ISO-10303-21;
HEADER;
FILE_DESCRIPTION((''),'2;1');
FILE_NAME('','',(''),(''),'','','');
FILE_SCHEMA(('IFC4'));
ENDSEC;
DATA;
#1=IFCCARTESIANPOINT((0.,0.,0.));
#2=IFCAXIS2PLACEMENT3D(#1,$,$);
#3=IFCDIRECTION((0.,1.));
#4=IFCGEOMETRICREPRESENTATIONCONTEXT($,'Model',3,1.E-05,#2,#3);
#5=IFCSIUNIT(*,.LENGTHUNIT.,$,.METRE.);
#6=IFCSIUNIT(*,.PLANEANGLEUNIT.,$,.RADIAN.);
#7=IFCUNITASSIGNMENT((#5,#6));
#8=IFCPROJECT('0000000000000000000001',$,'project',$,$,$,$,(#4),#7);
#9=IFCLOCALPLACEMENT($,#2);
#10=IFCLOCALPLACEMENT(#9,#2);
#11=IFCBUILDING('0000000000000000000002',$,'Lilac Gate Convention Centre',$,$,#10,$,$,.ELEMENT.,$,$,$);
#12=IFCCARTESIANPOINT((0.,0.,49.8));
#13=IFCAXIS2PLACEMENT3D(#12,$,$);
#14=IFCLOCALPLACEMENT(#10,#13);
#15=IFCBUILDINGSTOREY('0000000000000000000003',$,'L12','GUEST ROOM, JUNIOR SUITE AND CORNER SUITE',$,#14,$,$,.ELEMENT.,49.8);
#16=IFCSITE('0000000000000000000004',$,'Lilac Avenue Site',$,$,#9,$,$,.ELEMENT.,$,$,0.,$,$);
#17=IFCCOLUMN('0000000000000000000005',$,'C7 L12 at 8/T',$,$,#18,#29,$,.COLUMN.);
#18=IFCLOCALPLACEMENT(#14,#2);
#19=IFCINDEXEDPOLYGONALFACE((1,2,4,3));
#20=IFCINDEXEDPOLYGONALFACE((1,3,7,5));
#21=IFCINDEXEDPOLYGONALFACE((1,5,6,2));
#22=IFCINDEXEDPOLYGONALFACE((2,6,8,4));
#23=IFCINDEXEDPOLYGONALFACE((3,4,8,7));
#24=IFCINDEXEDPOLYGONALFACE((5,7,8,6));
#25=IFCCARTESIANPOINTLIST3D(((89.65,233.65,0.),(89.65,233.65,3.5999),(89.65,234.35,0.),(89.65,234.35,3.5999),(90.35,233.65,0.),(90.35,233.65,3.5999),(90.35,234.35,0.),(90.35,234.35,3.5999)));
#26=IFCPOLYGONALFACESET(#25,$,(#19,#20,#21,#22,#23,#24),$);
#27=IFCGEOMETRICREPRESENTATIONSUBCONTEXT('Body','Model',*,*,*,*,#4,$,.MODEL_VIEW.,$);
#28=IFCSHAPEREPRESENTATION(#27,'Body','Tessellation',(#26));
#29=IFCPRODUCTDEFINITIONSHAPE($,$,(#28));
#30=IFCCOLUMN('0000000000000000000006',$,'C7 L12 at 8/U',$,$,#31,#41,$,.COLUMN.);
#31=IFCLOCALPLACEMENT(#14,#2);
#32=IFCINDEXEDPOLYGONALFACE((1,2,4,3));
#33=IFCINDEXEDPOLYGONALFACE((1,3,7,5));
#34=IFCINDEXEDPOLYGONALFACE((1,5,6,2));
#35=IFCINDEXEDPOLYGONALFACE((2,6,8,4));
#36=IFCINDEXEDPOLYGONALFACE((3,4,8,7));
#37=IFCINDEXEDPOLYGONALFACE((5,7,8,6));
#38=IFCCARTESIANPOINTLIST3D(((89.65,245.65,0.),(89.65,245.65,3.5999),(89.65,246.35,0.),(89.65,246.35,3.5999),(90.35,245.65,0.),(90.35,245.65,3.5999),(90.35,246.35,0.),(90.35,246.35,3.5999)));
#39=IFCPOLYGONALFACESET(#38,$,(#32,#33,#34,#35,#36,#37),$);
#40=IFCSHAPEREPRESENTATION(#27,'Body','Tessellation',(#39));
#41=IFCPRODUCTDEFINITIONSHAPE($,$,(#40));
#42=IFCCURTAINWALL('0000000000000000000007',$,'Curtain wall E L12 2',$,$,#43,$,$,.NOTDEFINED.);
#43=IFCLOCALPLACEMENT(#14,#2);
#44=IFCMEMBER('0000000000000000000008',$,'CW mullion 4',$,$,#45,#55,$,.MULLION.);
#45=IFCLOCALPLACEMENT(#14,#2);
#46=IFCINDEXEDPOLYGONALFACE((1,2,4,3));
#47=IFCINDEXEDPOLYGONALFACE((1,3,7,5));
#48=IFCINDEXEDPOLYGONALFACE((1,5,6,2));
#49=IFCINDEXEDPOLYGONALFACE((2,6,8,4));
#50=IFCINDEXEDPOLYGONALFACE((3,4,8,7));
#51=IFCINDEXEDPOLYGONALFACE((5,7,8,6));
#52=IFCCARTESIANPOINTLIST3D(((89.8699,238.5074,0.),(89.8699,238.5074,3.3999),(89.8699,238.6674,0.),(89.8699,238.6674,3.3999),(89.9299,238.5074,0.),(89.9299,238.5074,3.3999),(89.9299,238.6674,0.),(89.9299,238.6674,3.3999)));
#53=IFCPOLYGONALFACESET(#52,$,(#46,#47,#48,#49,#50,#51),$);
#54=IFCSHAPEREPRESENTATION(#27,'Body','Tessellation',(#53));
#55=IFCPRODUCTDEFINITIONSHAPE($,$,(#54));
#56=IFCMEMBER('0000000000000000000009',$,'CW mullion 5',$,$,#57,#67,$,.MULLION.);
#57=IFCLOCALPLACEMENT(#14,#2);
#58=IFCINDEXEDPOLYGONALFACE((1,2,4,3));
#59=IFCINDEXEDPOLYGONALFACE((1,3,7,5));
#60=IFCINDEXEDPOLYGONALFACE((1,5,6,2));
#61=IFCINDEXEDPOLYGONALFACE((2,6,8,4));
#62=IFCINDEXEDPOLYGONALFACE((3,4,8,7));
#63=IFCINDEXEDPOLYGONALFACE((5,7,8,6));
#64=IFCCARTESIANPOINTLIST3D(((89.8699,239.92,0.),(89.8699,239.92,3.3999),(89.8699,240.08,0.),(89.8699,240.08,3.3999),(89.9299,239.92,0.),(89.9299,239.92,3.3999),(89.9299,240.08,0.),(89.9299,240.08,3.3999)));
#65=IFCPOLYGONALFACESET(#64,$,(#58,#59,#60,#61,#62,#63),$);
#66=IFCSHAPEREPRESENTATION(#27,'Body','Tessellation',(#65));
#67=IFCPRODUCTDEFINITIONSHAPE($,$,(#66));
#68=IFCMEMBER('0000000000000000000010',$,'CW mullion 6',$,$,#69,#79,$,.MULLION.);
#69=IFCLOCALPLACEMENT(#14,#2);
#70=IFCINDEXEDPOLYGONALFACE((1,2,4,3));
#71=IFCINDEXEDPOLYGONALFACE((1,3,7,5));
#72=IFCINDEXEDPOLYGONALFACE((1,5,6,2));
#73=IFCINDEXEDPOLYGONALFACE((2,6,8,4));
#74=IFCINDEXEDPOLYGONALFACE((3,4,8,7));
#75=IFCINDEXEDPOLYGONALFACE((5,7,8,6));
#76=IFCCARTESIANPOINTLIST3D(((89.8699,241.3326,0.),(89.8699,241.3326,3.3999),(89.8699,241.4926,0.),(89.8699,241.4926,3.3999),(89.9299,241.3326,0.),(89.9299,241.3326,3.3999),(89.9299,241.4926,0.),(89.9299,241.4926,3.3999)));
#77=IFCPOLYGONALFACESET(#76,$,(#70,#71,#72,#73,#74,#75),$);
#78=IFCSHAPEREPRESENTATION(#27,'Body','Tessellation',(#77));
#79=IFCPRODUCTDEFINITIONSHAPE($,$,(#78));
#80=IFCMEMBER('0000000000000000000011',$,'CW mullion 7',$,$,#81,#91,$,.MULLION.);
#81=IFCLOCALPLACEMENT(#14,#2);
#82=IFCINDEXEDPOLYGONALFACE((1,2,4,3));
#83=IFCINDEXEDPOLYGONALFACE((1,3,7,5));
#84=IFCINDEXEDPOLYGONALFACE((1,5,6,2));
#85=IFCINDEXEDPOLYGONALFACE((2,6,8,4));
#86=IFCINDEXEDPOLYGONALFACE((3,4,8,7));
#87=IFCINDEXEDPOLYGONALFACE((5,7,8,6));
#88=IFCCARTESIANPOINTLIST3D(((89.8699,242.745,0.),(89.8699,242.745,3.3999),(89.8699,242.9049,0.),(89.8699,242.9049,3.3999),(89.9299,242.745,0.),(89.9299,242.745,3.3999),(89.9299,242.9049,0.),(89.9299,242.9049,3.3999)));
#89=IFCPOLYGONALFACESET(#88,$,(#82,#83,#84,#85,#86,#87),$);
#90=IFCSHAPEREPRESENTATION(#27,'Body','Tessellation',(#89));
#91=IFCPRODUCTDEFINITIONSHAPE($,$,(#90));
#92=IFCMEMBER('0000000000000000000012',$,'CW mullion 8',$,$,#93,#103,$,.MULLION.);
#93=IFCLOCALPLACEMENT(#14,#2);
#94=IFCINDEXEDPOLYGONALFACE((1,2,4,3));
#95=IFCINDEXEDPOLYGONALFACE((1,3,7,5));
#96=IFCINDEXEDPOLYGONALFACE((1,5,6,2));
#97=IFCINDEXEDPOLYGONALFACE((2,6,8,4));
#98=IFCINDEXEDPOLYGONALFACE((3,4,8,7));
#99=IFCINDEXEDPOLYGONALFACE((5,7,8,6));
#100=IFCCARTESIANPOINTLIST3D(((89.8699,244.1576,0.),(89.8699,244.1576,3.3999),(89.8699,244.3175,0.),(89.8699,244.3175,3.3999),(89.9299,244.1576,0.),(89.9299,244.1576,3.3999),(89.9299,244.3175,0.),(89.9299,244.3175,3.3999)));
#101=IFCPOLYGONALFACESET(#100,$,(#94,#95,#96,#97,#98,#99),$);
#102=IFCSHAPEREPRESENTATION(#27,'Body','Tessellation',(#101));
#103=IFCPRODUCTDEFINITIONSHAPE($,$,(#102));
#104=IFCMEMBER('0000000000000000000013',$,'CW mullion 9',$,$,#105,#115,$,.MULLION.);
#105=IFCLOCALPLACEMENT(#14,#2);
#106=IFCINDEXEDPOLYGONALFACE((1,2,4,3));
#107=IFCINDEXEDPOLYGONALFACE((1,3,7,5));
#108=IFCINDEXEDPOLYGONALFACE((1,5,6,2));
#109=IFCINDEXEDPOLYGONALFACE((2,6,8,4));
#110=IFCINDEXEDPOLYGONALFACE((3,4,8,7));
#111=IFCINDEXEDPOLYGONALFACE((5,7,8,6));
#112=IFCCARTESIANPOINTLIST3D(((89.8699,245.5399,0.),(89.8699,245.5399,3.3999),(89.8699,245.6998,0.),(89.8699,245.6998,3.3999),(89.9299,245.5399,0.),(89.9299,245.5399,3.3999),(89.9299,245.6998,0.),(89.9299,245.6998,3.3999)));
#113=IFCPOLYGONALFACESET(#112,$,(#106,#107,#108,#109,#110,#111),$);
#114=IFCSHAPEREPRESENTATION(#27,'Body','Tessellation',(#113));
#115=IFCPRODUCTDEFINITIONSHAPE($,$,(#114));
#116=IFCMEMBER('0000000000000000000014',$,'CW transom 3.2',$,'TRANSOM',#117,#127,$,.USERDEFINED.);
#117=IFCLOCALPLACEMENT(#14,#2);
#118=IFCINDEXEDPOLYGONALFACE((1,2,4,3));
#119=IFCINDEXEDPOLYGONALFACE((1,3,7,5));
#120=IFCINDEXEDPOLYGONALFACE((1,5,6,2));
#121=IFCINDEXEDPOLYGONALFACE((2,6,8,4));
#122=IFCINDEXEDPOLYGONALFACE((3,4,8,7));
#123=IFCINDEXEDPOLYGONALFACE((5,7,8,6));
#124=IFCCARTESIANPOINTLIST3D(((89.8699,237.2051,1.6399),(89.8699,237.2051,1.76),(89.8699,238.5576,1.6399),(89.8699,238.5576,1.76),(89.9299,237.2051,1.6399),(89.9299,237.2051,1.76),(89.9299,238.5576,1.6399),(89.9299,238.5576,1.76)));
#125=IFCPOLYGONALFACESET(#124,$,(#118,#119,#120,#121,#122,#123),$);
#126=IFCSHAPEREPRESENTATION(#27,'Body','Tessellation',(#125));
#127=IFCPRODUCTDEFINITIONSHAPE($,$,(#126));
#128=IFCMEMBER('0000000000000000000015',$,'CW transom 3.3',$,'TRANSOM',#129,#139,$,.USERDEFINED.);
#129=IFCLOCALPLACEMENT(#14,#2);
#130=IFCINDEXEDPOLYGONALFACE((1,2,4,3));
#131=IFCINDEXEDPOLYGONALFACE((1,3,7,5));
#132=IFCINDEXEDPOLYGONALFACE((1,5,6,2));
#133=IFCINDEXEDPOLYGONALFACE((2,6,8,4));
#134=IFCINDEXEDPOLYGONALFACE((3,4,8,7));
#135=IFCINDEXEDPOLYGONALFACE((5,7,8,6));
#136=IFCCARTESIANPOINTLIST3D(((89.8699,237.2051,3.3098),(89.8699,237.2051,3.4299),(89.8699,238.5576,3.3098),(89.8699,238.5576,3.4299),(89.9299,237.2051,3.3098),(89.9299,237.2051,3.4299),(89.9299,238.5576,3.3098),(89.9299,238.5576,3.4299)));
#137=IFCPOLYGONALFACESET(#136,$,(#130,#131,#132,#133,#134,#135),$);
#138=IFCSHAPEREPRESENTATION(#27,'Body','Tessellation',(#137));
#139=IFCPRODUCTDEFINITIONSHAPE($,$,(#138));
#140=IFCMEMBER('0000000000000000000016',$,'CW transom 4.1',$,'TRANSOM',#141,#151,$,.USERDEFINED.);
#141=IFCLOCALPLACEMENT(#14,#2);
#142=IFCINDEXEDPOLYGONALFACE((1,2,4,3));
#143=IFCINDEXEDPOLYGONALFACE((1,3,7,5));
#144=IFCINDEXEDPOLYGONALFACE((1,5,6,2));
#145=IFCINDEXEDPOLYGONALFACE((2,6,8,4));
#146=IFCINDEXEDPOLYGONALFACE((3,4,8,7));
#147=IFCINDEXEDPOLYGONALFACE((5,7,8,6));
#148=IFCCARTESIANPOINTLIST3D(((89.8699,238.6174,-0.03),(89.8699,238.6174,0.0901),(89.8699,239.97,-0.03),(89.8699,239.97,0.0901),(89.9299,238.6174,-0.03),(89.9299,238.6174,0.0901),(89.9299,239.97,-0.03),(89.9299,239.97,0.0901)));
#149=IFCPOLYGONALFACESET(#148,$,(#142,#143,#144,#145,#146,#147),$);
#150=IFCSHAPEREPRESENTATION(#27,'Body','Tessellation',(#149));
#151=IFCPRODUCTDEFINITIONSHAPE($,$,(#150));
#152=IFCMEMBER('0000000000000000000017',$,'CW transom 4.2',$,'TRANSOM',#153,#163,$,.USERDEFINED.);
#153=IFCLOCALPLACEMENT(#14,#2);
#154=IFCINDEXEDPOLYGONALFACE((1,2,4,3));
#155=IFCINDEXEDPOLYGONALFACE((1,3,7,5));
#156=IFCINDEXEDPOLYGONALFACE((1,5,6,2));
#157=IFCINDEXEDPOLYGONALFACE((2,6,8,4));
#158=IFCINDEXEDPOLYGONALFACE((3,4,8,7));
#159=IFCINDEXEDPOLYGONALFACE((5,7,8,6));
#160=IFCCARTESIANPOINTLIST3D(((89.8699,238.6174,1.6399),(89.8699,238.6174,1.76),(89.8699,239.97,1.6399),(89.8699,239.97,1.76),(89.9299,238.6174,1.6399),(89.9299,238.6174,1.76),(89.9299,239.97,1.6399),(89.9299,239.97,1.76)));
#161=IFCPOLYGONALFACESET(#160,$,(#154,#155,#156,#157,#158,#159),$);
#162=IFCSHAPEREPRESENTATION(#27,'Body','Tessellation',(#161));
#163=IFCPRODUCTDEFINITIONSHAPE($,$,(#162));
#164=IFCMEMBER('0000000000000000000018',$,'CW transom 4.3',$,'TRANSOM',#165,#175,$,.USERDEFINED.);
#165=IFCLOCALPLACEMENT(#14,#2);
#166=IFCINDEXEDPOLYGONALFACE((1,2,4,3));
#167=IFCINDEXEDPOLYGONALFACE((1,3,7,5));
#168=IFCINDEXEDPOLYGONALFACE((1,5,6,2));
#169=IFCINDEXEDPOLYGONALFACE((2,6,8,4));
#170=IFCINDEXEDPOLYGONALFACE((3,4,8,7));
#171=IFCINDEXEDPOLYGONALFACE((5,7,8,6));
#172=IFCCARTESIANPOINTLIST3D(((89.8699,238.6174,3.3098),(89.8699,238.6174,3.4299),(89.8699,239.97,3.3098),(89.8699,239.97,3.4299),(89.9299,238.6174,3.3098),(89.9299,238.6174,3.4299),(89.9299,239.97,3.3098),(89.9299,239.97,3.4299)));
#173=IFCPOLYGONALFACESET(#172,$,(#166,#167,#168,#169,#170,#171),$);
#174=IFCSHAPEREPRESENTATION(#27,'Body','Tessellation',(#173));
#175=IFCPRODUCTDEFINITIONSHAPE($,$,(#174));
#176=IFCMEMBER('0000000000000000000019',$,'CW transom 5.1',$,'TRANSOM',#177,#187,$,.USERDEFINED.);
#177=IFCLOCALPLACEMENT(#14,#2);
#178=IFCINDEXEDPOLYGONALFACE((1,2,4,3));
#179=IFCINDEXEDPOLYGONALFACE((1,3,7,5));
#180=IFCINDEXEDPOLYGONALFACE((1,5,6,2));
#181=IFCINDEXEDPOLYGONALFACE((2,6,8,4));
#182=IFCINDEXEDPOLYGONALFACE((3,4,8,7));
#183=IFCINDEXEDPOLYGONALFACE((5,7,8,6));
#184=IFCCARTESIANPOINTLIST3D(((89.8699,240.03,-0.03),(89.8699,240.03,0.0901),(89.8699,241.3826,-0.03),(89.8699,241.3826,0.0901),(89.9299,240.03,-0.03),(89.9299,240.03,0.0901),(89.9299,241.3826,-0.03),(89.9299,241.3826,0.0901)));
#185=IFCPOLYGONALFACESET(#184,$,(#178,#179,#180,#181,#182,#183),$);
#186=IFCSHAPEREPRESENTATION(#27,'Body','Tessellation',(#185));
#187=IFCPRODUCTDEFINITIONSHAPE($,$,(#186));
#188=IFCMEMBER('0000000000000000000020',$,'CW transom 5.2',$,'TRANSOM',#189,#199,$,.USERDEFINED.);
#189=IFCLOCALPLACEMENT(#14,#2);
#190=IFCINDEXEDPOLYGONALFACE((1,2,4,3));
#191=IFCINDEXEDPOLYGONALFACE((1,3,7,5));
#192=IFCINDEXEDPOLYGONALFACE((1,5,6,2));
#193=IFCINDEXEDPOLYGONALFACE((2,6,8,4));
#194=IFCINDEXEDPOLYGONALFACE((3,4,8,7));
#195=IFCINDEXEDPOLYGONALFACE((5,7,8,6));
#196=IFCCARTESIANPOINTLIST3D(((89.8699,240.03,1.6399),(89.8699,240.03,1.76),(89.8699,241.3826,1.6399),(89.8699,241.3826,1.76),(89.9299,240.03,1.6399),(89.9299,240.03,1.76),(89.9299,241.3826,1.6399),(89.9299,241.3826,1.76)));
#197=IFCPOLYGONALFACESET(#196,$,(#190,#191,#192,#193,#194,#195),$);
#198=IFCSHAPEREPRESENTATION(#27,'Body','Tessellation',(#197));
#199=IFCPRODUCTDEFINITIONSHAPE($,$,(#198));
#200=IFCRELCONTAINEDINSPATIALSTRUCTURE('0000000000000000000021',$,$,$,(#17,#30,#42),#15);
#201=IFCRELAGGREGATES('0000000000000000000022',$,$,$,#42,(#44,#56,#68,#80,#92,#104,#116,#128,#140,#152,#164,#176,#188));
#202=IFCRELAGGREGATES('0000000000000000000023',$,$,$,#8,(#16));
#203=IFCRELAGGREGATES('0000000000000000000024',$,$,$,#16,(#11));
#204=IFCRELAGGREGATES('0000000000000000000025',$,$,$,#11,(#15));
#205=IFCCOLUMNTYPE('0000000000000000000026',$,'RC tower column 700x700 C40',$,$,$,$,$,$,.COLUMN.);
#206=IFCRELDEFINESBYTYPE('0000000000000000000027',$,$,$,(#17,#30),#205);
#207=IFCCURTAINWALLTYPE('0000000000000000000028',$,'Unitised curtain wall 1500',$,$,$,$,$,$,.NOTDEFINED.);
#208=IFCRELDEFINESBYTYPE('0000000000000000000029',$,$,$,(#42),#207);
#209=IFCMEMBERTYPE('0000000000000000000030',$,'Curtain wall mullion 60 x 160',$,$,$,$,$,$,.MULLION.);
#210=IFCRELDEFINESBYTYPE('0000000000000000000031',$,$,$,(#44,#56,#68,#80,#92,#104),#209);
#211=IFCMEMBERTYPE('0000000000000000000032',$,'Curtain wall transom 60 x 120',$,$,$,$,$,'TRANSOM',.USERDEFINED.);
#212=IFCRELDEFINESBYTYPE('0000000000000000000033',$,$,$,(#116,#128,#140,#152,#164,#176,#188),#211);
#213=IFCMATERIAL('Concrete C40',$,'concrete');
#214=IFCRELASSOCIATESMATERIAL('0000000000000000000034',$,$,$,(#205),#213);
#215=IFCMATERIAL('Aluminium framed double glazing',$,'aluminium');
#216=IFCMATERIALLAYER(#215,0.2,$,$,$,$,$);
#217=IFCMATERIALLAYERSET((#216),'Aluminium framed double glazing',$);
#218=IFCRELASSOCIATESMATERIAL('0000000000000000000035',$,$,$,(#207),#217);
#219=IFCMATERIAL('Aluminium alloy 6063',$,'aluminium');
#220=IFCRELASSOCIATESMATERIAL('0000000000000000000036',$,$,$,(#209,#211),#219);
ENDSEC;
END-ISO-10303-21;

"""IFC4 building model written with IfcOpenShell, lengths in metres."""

from ifc_helpers import new_model, si_unit, direction, frame, origin, origin_2d, place, context, subcontext, project, spatial, rectangle, extrude, material, layer, layer_set, material_profile, profile_set, type_object, element, aggregate, save


model = new_model("IFC4")

# Units and contexts
model_context = context("Model", 3, precision=1e-05, world=origin(), true_north=direction((0.0, 1.0)))
body_context = subcontext(model_context, "Body", "Model", "MODEL_VIEW")
ifc_project = project(units=[si_unit("LENGTHUNIT", "METRE"), si_unit("PLANEANGLEUNIT", "RADIAN")], contexts=[model_context])

# Site, building, storey
site_placement = place(None, origin())
site = spatial("IfcSite", under=ifc_project, at=site_placement, Name="Lilac Avenue Site", CompositionType="ELEMENT", RefElevation=0.0)
building_placement = place(site_placement, origin())
building = spatial("IfcBuilding", under=site, at=building_placement, Name="Lilac Gate Convention Centre", CompositionType="ELEMENT")
storey_placement = place(building_placement, frame((0.0, 0.0, 49.8)))
storey = spatial("IfcBuildingStorey", under=building, at=storey_placement, Name="L12", Description="GUEST ROOM, JUNIOR SUITE AND CORNER SUITE", CompositionType="ELEMENT", Elevation=49.8)

# Columns
ifc_material_1 = material(Name="Concrete C40", Category="concrete")
ifc_material_profile_1 = material_profile(ifc_material_1, rectangle(XDim=0.7, YDim=0.7, at=origin_2d()), Name="RC 700x700")
ifc_profile_set_1 = profile_set([ifc_material_profile_1], Name="Concrete C40")
column_type = type_object("IfcColumnType", Name="RC tower column 700x700 C40", PredefinedType="COLUMN", material=ifc_profile_set_1)
for number, where, z_axis, x_axis, name in (
    (1, (90.0, 234.0, 0.0), (0.0, 0.0, 1.0), (1.0, 0.0, 0.0), "C7 L12 at 8/T"),
    (2, (90.0, 246.0, 0.0), (0.0, 0.0, 1.0), (1.0, 0.0, 0.0), "C7 L12 at 8/U"),
):
    element("IfcColumn", number, at=place(storey_placement, frame(where, z_axis=z_axis, x_axis=x_axis)), inside=storey, type_object=column_type, Name=name, PredefinedType="COLUMN", context=body_context, shape_type="SweptSolid", body=[
        extrude(rectangle(XDim=0.7, YDim=0.7, at=origin_2d()), origin(), (0.0, 0.0, 1.0), 3.5999),
    ])

# Curtain wall, members
ifc_material_2 = material(Name="Aluminium framed double glazing", Category="aluminium")
ifc_layer_1 = layer(ifc_material_2, 0.2)
ifc_layer_set_1 = layer_set([ifc_layer_1], Name="Aluminium framed double glazing")
curtain_wall_type = type_object("IfcCurtainWallType", Name="Unitised curtain wall 1500", PredefinedType="NOTDEFINED", material=ifc_layer_set_1)
curtain_wall_placement = place(storey_placement, origin())
curtain_wall = element("IfcCurtainWall", 3, at=curtain_wall_placement, inside=storey, type_object=curtain_wall_type, Name="Curtain wall E L12 2", PredefinedType="NOTDEFINED")
ifc_material_3 = material(Name="Aluminium alloy 6063", Category="aluminium")
ifc_material_profile_2 = material_profile(ifc_material_3, rectangle(XDim=0.0601, YDim=0.1599, at=origin_2d()), Name="Curtain wall mullion 60 x 160")
ifc_profile_set_2 = profile_set([ifc_material_profile_2], Name="Aluminium alloy 6063")
member_type_1 = type_object("IfcMemberType", Name="Curtain wall mullion 60 x 160", PredefinedType="MULLION", material=ifc_profile_set_2)
member_1_placement = place(storey_placement, frame((89.8999, 238.5874, 0.0), z_axis=(0.0, 0.0, 1.0), x_axis=(-1.0, 0.0, 0.0)))
member_1 = element("IfcMember", 4, at=member_1_placement, type_object=member_type_1, Name="CW mullion 4", PredefinedType="MULLION", context=body_context, shape_type="SweptSolid", body=[
    extrude(rectangle(XDim=0.0601, YDim=0.1599, at=origin_2d()), origin(), (0.0, 0.0, 1.0), 3.3999),
])
member_2_placement = place(storey_placement, frame((89.8999, 240.0, 0.0), z_axis=(0.0, 0.0, 1.0), x_axis=(-1.0, 0.0, 0.0)))
member_2 = element("IfcMember", 5, at=member_2_placement, type_object=member_type_1, Name="CW mullion 5", PredefinedType="MULLION", context=body_context, shape_type="SweptSolid", body=[
    extrude(rectangle(XDim=0.0601, YDim=0.1599, at=origin_2d()), origin(), (0.0, 0.0, 1.0), 3.3999),
])
member_3_placement = place(storey_placement, frame((89.8999, 241.4126, 0.0), z_axis=(0.0, 0.0, 1.0), x_axis=(-1.0, 0.0, 0.0)))
member_3 = element("IfcMember", 6, at=member_3_placement, type_object=member_type_1, Name="CW mullion 6", PredefinedType="MULLION", context=body_context, shape_type="SweptSolid", body=[
    extrude(rectangle(XDim=0.0601, YDim=0.1599, at=origin_2d()), origin(), (0.0, 0.0, 1.0), 3.3999),
])
member_4_placement = place(storey_placement, frame((89.8999, 242.825, 0.0), z_axis=(0.0, 0.0, 1.0), x_axis=(-1.0, 0.0, 0.0)))
member_4 = element("IfcMember", 7, at=member_4_placement, type_object=member_type_1, Name="CW mullion 7", PredefinedType="MULLION", context=body_context, shape_type="SweptSolid", body=[
    extrude(rectangle(XDim=0.0601, YDim=0.1599, at=origin_2d()), origin(), (0.0, 0.0, 1.0), 3.3999),
])
member_5_placement = place(storey_placement, frame((89.8999, 244.2375, 0.0), z_axis=(0.0, 0.0, 1.0), x_axis=(-1.0, 0.0, 0.0)))
member_5 = element("IfcMember", 8, at=member_5_placement, type_object=member_type_1, Name="CW mullion 8", PredefinedType="MULLION", context=body_context, shape_type="SweptSolid", body=[
    extrude(rectangle(XDim=0.0601, YDim=0.1599, at=origin_2d()), origin(), (0.0, 0.0, 1.0), 3.3999),
])
member_6_placement = place(storey_placement, frame((89.8999, 245.6199, 0.0), z_axis=(0.0, 0.0, 1.0), x_axis=(-1.0, 0.0, 0.0)))
member_6 = element("IfcMember", 9, at=member_6_placement, type_object=member_type_1, Name="CW mullion 9", PredefinedType="MULLION", context=body_context, shape_type="SweptSolid", body=[
    extrude(rectangle(XDim=0.0601, YDim=0.1599, at=origin_2d()), origin(), (0.0, 0.0, 1.0), 3.3999),
])
ifc_material_profile_3 = material_profile(ifc_material_3, rectangle(XDim=0.0601, YDim=0.1201, at=origin_2d()), Name="Curtain wall transom 60 x 120")
ifc_profile_set_3 = profile_set([ifc_material_profile_3], Name="Aluminium alloy 6063")
member_type_2 = type_object("IfcMemberType", Name="Curtain wall transom 60 x 120", ElementType="TRANSOM", PredefinedType="USERDEFINED", material=ifc_profile_set_3)
member_7_placement = place(storey_placement, frame((89.8999, 237.2051, 1.7), z_axis=(0.0, 1.0, 0.0), x_axis=(-1.0, 0.0, 0.0)))
member_7 = element("IfcMember", 10, at=member_7_placement, type_object=member_type_2, Name="CW transom 3.2", ObjectType="TRANSOM", PredefinedType="USERDEFINED", context=body_context, shape_type="SweptSolid", body=[
    extrude(rectangle(XDim=0.0601, YDim=0.1201, at=origin_2d()), origin(), (0.0, 0.0, 1.0), 1.3525),
])
member_8_placement = place(storey_placement, frame((89.8999, 237.2051, 3.3699), z_axis=(0.0, 1.0, 0.0), x_axis=(-1.0, 0.0, 0.0)))
member_8 = element("IfcMember", 11, at=member_8_placement, type_object=member_type_2, Name="CW transom 3.3", ObjectType="TRANSOM", PredefinedType="USERDEFINED", context=body_context, shape_type="SweptSolid", body=[
    extrude(rectangle(XDim=0.0601, YDim=0.1201, at=origin_2d()), origin(), (0.0, 0.0, 1.0), 1.3525),
])
member_9_placement = place(storey_placement, frame((89.8999, 238.6174, 0.03), z_axis=(0.0, 1.0, 0.0), x_axis=(-1.0, 0.0, 0.0)))
member_9 = element("IfcMember", 12, at=member_9_placement, type_object=member_type_2, Name="CW transom 4.1", ObjectType="TRANSOM", PredefinedType="USERDEFINED", context=body_context, shape_type="SweptSolid", body=[
    extrude(rectangle(XDim=0.0601, YDim=0.1201, at=origin_2d()), origin(), (0.0, 0.0, 1.0), 1.3525),
])
member_10_placement = place(storey_placement, frame((89.8999, 238.6174, 1.7), z_axis=(0.0, 1.0, 0.0), x_axis=(-1.0, 0.0, 0.0)))
member_10 = element("IfcMember", 13, at=member_10_placement, type_object=member_type_2, Name="CW transom 4.2", ObjectType="TRANSOM", PredefinedType="USERDEFINED", context=body_context, shape_type="SweptSolid", body=[
    extrude(rectangle(XDim=0.0601, YDim=0.1201, at=origin_2d()), origin(), (0.0, 0.0, 1.0), 1.3525),
])
member_11_placement = place(storey_placement, frame((89.8999, 238.6174, 3.3699), z_axis=(0.0, 1.0, 0.0), x_axis=(-1.0, 0.0, 0.0)))
member_11 = element("IfcMember", 14, at=member_11_placement, type_object=member_type_2, Name="CW transom 4.3", ObjectType="TRANSOM", PredefinedType="USERDEFINED", context=body_context, shape_type="SweptSolid", body=[
    extrude(rectangle(XDim=0.0601, YDim=0.1201, at=origin_2d()), origin(), (0.0, 0.0, 1.0), 1.3525),
])
member_12_placement = place(storey_placement, frame((89.8999, 240.03, 0.03), z_axis=(0.0, 1.0, 0.0), x_axis=(-1.0, 0.0, 0.0)))
member_12 = element("IfcMember", 15, at=member_12_placement, type_object=member_type_2, Name="CW transom 5.1", ObjectType="TRANSOM", PredefinedType="USERDEFINED", context=body_context, shape_type="SweptSolid", body=[
    extrude(rectangle(XDim=0.0601, YDim=0.1201, at=origin_2d()), origin(), (0.0, 0.0, 1.0), 1.3525),
])
member_13_placement = place(storey_placement, frame((89.8999, 240.03, 1.7), z_axis=(0.0, 1.0, 0.0), x_axis=(-1.0, 0.0, 0.0)))
member_13 = element("IfcMember", 16, at=member_13_placement, type_object=member_type_2, Name="CW transom 5.2", ObjectType="TRANSOM", PredefinedType="USERDEFINED", context=body_context, shape_type="SweptSolid", body=[
    extrude(rectangle(XDim=0.0601, YDim=0.1201, at=origin_2d()), origin(), (0.0, 0.0, 1.0), 1.3525),
])

aggregate(curtain_wall, [member_1, member_2, member_3, member_4, member_5, member_6, member_7, member_8, member_9, member_10, member_11, member_12, member_13])

save(model, "model.ifc")
